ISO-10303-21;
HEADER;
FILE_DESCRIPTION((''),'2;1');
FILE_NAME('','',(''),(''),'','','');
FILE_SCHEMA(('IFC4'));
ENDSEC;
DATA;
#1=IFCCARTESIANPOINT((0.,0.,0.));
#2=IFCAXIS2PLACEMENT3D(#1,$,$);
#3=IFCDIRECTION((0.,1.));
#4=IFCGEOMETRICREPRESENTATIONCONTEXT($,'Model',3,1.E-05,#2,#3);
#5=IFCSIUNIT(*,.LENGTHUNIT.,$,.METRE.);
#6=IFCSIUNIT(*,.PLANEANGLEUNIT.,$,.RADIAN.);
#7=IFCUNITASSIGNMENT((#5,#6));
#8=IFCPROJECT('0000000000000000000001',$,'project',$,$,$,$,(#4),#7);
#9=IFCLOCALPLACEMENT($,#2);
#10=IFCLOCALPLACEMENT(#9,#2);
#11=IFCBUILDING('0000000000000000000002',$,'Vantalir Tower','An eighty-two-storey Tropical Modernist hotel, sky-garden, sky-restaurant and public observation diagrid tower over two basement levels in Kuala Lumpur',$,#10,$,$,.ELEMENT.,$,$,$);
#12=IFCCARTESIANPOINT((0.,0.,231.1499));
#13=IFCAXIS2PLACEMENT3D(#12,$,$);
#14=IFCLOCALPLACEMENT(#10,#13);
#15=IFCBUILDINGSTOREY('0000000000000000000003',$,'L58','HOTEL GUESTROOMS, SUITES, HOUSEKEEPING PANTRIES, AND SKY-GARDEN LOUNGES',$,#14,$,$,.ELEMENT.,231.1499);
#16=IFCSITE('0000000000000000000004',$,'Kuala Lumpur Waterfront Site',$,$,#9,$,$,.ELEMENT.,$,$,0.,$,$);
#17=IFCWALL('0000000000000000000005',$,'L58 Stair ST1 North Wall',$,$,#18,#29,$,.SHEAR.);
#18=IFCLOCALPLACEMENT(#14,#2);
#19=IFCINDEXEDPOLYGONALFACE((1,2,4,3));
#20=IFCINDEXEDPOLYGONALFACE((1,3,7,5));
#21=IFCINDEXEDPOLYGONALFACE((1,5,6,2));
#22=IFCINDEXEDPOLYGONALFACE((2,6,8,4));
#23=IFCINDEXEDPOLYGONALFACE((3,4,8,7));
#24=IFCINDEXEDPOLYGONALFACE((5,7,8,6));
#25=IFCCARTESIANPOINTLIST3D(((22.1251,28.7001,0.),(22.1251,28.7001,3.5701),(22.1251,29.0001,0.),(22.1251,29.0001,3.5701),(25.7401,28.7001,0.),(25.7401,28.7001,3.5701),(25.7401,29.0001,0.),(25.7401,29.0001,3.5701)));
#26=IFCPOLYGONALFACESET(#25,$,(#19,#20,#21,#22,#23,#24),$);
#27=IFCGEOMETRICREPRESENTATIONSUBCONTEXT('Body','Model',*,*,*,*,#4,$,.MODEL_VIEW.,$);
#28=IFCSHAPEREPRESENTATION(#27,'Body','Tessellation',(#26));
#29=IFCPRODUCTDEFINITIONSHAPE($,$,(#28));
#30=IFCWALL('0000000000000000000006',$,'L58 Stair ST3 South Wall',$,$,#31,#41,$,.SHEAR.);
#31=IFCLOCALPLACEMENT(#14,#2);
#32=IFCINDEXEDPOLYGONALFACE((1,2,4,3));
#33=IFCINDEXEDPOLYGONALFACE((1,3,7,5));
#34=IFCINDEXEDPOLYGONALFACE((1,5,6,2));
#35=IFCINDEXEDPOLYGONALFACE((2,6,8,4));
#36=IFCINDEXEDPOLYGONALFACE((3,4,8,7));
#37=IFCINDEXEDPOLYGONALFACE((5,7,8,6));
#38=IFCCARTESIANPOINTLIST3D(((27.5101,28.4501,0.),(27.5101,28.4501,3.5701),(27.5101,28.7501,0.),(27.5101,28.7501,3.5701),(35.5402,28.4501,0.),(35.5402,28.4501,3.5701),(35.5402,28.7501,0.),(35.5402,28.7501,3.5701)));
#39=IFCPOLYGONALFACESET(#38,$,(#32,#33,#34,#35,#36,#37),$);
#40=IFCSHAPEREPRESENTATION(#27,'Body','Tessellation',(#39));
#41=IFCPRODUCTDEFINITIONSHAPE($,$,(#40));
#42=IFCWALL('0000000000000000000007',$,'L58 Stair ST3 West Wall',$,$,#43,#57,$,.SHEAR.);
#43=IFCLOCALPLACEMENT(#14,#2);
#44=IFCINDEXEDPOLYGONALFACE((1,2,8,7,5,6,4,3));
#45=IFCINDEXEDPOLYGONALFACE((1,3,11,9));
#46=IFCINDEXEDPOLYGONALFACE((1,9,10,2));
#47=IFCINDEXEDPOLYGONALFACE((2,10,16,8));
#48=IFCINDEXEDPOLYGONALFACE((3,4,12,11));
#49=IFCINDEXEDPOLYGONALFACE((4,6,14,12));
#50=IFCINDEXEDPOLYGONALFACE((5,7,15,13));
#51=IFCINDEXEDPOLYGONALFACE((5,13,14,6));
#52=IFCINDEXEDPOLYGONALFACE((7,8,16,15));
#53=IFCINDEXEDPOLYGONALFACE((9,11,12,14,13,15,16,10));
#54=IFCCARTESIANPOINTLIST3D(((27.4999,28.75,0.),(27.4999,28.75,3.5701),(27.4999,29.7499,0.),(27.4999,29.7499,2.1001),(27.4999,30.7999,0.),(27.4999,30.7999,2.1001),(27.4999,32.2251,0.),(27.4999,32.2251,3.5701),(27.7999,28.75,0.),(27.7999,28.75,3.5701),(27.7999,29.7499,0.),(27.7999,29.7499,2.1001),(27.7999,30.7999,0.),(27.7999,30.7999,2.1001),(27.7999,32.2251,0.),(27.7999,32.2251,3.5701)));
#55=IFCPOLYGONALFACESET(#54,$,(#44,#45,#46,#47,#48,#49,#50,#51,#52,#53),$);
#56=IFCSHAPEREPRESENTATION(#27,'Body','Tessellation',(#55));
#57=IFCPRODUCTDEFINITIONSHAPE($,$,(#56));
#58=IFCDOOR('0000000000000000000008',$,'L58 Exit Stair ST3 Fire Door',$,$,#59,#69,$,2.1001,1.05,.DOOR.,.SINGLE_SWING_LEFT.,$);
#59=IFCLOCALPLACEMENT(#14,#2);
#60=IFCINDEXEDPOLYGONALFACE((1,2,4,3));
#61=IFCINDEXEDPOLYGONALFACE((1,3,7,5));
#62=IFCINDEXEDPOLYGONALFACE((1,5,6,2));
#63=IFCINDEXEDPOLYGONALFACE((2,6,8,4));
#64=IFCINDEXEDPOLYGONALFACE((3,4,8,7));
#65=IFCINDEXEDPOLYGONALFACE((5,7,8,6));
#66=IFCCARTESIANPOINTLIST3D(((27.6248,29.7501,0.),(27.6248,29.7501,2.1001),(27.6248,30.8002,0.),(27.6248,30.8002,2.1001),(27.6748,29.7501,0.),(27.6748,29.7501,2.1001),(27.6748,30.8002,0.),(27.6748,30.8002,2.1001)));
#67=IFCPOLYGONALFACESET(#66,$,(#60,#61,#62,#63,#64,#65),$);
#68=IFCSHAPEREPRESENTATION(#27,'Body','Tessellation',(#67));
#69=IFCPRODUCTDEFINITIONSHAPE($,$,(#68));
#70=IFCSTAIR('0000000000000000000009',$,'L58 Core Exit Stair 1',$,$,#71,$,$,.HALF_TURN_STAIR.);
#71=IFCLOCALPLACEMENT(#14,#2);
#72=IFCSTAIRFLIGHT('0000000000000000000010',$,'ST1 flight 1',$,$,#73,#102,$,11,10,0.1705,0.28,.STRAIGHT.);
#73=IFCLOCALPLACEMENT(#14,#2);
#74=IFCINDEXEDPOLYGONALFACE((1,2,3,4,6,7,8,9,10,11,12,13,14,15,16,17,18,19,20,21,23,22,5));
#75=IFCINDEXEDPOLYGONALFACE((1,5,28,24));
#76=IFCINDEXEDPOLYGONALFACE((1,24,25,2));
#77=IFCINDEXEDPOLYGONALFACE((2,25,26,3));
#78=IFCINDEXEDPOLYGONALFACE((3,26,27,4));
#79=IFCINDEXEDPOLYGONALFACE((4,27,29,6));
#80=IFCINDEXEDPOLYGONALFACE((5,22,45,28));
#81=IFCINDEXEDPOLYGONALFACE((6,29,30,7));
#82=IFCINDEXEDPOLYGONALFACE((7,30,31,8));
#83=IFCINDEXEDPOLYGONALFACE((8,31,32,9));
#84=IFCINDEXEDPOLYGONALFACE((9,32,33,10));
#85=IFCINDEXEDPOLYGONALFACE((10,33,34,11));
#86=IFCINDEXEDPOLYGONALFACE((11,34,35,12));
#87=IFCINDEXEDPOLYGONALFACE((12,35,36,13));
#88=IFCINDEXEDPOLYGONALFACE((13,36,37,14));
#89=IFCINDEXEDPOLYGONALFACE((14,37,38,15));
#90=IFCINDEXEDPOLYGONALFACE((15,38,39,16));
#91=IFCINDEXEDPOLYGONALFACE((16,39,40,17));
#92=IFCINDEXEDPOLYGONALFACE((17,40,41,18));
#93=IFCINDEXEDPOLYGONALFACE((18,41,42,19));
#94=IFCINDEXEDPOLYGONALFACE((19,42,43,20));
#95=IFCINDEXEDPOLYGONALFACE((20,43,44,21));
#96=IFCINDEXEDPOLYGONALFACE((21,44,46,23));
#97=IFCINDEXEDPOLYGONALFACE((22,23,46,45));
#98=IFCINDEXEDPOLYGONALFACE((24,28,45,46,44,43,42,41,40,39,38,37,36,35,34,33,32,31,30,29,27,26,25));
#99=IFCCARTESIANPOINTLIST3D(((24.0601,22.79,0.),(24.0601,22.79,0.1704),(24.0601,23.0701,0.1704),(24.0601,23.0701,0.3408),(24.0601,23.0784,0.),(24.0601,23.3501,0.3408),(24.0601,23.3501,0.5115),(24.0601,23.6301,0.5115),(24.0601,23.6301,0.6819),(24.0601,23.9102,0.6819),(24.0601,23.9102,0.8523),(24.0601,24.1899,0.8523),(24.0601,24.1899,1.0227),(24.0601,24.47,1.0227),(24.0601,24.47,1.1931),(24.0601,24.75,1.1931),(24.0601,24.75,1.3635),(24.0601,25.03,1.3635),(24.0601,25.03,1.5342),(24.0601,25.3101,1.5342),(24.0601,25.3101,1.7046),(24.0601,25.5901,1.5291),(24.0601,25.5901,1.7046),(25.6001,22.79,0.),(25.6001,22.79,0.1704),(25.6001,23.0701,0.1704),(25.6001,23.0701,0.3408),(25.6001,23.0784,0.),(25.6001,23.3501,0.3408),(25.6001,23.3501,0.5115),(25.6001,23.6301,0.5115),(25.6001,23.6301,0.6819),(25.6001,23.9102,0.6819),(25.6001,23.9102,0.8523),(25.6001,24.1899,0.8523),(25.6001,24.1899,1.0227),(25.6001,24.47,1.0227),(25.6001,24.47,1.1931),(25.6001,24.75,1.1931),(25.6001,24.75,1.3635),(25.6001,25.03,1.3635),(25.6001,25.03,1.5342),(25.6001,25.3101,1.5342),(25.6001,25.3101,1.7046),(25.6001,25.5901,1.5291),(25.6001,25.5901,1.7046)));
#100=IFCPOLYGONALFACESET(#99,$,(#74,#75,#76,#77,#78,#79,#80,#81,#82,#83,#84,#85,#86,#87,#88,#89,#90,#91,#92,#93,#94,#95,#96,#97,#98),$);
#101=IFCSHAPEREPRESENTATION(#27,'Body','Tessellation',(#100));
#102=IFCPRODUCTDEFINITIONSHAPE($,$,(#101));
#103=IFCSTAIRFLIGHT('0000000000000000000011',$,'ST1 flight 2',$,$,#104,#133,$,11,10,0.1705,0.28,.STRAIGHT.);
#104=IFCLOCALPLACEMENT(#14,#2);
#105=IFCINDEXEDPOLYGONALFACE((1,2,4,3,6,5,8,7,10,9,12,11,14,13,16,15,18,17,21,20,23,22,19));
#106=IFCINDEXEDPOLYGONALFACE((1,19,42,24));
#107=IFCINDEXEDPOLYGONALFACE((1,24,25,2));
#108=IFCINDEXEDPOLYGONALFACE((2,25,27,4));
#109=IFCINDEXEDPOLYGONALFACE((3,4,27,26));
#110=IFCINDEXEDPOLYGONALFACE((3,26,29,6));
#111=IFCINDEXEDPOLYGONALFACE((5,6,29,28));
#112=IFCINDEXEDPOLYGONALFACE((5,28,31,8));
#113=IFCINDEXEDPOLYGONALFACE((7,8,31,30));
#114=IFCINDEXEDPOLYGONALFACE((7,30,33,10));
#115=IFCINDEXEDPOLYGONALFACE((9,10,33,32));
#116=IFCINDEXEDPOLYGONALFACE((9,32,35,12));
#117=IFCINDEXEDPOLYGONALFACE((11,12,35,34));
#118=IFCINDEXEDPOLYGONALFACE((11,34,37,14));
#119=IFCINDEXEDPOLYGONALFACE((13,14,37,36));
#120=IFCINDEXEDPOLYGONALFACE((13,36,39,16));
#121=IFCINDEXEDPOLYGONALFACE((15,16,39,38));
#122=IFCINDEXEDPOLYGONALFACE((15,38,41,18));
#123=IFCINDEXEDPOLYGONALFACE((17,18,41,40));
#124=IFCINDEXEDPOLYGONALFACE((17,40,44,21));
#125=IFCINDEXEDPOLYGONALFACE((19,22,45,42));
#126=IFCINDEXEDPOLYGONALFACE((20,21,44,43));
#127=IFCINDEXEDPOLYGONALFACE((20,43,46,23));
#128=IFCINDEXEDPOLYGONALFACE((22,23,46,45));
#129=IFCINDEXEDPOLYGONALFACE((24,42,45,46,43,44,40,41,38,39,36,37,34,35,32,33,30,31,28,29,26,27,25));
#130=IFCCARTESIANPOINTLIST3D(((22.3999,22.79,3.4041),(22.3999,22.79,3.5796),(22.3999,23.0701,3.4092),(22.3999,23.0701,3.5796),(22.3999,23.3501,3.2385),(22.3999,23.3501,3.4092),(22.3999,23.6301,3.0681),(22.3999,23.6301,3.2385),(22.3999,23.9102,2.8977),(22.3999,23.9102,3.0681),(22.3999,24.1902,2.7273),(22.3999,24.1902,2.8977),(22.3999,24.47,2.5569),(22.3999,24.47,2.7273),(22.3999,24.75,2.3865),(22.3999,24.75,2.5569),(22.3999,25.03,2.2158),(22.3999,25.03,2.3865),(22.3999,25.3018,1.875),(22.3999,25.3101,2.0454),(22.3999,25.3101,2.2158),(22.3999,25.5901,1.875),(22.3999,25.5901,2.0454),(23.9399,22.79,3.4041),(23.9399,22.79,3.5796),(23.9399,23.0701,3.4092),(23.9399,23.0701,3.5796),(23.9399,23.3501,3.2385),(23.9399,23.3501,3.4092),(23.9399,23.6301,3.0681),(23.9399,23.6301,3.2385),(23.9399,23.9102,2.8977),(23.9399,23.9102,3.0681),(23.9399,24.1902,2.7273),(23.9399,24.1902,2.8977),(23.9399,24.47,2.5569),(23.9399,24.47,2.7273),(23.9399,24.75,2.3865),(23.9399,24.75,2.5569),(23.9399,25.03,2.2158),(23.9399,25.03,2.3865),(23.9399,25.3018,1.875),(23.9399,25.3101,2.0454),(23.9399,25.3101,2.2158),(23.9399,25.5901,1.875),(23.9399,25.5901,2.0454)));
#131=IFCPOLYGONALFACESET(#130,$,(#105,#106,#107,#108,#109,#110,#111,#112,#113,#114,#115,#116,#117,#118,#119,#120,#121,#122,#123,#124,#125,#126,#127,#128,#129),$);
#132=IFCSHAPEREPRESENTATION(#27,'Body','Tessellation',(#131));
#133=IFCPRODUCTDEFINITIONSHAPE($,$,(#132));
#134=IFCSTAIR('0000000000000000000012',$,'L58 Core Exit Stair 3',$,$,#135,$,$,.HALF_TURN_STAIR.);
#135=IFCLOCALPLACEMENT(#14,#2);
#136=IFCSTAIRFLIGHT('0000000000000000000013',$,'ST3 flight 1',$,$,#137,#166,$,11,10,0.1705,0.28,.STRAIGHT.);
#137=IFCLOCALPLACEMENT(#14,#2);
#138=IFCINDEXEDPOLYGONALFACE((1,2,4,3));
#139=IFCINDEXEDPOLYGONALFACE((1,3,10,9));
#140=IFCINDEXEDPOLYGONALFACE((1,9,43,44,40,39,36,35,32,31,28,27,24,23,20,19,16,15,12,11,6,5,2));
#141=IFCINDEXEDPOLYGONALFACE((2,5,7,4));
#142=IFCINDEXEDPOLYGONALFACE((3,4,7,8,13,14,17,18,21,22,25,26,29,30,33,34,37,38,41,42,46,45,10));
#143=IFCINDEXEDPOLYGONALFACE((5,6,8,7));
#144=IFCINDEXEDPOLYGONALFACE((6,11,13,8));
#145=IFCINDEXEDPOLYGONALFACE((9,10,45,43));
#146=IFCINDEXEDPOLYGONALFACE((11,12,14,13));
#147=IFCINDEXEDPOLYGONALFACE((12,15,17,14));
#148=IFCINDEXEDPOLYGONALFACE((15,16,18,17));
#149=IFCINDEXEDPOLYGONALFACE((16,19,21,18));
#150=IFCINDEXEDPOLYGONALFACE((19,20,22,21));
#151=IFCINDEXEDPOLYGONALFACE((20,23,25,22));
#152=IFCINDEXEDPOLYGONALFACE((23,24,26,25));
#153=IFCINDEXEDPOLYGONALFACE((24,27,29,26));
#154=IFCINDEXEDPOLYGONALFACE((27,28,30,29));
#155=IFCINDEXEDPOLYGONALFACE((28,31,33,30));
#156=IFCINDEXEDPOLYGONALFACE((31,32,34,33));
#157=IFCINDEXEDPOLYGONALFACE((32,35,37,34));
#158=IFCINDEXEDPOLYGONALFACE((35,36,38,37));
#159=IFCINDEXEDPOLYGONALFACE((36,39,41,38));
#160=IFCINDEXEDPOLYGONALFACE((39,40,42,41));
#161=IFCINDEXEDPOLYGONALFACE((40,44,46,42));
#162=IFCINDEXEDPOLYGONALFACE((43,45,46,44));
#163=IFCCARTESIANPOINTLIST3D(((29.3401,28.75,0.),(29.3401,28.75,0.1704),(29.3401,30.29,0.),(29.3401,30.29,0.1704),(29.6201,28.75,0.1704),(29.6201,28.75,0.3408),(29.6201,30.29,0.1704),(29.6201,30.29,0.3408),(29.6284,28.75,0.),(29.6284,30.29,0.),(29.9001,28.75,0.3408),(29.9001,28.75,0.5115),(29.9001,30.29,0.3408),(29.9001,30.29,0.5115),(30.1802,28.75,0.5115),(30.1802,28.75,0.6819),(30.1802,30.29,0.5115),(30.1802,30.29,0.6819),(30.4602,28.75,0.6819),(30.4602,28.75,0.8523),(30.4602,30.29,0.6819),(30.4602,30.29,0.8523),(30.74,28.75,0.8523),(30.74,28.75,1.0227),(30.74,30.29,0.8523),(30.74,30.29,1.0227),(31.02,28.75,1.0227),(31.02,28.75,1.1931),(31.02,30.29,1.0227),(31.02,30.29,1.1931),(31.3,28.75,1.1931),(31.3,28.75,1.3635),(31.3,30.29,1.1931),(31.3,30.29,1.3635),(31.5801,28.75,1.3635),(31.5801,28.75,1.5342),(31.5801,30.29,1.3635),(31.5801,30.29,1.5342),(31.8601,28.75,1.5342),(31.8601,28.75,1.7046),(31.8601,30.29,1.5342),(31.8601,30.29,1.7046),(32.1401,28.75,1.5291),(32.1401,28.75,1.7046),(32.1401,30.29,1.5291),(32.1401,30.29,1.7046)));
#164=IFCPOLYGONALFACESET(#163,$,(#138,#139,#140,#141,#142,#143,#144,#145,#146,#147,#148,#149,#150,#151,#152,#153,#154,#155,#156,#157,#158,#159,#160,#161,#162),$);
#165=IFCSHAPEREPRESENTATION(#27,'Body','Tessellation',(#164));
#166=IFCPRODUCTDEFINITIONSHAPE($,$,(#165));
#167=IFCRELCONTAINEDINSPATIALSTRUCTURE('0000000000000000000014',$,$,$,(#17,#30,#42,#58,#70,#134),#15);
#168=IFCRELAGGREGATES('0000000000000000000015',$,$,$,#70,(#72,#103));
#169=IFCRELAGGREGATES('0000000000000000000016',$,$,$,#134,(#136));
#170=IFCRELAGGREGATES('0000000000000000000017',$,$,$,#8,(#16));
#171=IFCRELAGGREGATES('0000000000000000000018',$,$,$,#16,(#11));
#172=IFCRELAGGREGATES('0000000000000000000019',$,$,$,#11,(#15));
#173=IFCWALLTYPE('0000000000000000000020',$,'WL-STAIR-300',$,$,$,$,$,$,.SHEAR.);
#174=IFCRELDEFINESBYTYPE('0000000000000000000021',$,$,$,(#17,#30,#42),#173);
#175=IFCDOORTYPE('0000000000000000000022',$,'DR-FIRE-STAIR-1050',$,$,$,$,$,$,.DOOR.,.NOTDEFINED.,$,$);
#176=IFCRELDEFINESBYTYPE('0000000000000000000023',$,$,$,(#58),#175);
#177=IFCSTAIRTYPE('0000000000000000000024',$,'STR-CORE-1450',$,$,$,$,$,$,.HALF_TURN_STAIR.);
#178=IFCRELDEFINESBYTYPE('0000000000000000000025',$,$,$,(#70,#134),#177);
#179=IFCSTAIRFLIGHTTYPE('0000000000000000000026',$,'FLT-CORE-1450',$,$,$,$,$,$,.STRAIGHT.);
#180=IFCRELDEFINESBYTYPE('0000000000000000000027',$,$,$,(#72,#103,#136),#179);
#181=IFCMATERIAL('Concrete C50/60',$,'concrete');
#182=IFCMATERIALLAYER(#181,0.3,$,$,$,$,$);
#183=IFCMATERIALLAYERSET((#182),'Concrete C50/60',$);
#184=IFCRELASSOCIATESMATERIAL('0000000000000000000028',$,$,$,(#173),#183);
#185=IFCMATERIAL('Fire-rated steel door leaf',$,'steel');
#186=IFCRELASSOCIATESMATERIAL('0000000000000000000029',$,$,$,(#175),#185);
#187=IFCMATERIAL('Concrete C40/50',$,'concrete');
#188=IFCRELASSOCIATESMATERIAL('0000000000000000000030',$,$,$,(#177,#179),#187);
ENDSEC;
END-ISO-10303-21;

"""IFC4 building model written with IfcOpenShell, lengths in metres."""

from ifc_helpers import new_model, si_unit, direction, frame, frame_2d, origin, place, context, subcontext, project, spatial, polyline, rectangle, outline, extrude, material, layer, layer_set, type_object, element, fill, aggregate, save


model = new_model("IFC4")

# Units and contexts
model_context = context("Model", 3, precision=1e-05, world=origin(), true_north=direction((0.0, 1.0)))
body_context = subcontext(model_context, "Body", "Model", "MODEL_VIEW")
ifc_project = project(units=[si_unit("LENGTHUNIT", "METRE"), si_unit("PLANEANGLEUNIT", "RADIAN")], contexts=[model_context])

# Site, building, storey
site_placement = place(None, origin())
site = spatial("IfcSite", under=ifc_project, at=site_placement, Name="Kuala Lumpur Waterfront Site", CompositionType="ELEMENT", RefElevation=0.0)
building_placement = place(site_placement, origin())
building = spatial("IfcBuilding", under=site, at=building_placement, Name="Vantalir Tower", Description="An eighty-two-storey Tropical Modernist hotel, sky-garden, sky-restaurant and public observation diagrid tower over two basement levels in Kuala Lumpur", CompositionType="ELEMENT")
storey_placement = place(building_placement, frame((0.0, 0.0, 231.1499)))
storey = spatial("IfcBuildingStorey", under=building, at=storey_placement, Name="L58", Description="HOTEL GUESTROOMS, SUITES, HOUSEKEEPING PANTRIES, AND SKY-GARDEN LOUNGES", CompositionType="ELEMENT", Elevation=231.1499)

# Walls
ifc_material_1 = material(Name="Concrete C50/60", Category="concrete")
ifc_layer_1 = layer(ifc_material_1, 0.3)
ifc_layer_set_1 = layer_set([ifc_layer_1], Name="Concrete C50/60")
wall_type_1 = type_object("IfcWallType", Name="WL-STAIR-300", PredefinedType="SHEAR", material=ifc_layer_set_1)
wall_1_placement = place(storey_placement, frame((22.125, 28.8501, 0.0), z_axis=(0.0, 0.0, 1.0), x_axis=(1.0, 0.0, 0.0)))
element("IfcWall", 1, at=wall_1_placement, inside=storey, type_object=wall_type_1, Name="L58 Stair ST1 North Wall", PredefinedType="SHEAR", context=body_context, shape_type="SweptSolid", body=[
    extrude(rectangle(XDim=3.615, YDim=0.3, at=frame_2d((1.8076, 0.0))), origin(), (0.0, 0.0, 1.0), 3.5701),
])
wall_2_placement = place(storey_placement, frame((27.51, 28.6001, 0.0), z_axis=(0.0, 0.0, 1.0), x_axis=(1.0, 0.0, 0.0)))
element("IfcWall", 2, at=wall_2_placement, inside=storey, type_object=wall_type_1, Name="L58 Stair ST3 South Wall", PredefinedType="SHEAR", context=body_context, shape_type="SweptSolid", body=[
    extrude(rectangle(XDim=8.03, YDim=0.3, at=frame_2d((4.0151, 0.0))), origin(), (0.0, 0.0, 1.0), 3.5701),
])

# Wall, opening, door
wall_3_placement = place(storey_placement, frame((27.6499, 28.75, 0.0), z_axis=(0.0, 0.0, 1.0), x_axis=(0.0, 1.0, 0.0)))
wall_3 = element("IfcWall", 3, at=wall_3_placement, inside=storey, type_object=wall_type_1, Name="L58 Stair ST3 West Wall", PredefinedType="SHEAR", context=body_context, shape_type="SweptSolid", body=[
    extrude(rectangle(XDim=3.4751, YDim=0.3, at=frame_2d((1.7375, 0.0))), origin(), (0.0, 0.0, 1.0), 3.5701),
])
opening_1_placement = place(wall_3_placement, frame((1.0, 0.0, 0.0)))
opening_1 = element("IfcOpeningElement", 4, at=opening_1_placement, cuts=wall_3, PredefinedType="OPENING", context=body_context, shape_type="SweptSolid", body=[
    extrude(rectangle(XDim=1.05, YDim=2.1001, at=frame_2d((0.5249, 1.05))), frame((0.0, 0.1599, 0.0), z_axis=(0.0, -1.0, 0.0), x_axis=(1.0, 0.0, 0.0)), (0.0, 0.0, 1.0), 0.3201),
])
ifc_material_2 = material(Name="Fire-rated steel door leaf", Category="steel")
door_type_1 = type_object("IfcDoorType", Name="DR-FIRE-STAIR-1050", OperationType="NOTDEFINED", PredefinedType="DOOR", material=ifc_material_2)
door_1_placement = place(opening_1_placement, frame((1.05, 0.0, 0.0), z_axis=(0.0, 0.0, 1.0), x_axis=(-1.0, 0.0, 0.0)))
door_1 = element("IfcDoor", 5, at=door_1_placement, inside=storey, type_object=door_type_1, Name="L58 Exit Stair ST3 Fire Door", OperationType="SINGLE_SWING_LEFT", OverallHeight=2.1001, OverallWidth=1.05, PredefinedType="DOOR", context=body_context, shape_type="SweptSolid", body=[
    extrude(rectangle(XDim=1.05, YDim=2.1001, at=frame_2d((0.5249, 1.05))), frame((0.0, 0.0249, 0.0), z_axis=(0.0, -1.0, 0.0), x_axis=(1.0, 0.0, 0.0)), (0.0, 0.0, 1.0), 0.05),
])
fill(opening_1, door_1)

# Stair, stair flights
ifc_material_3 = material(Name="Concrete C40/50", Category="concrete")
stair_type = type_object("IfcStairType", Name="STR-CORE-1450", PredefinedType="HALF_TURN_STAIR", material=ifc_material_3)
stair_1_placement = place(storey_placement, origin())
stair_1 = element("IfcStair", 6, at=stair_1_placement, inside=storey, type_object=stair_type, Name="L58 Core Exit Stair 1", PredefinedType="HALF_TURN_STAIR")
stair_flight_type = type_object("IfcStairFlightType", Name="FLT-CORE-1450", PredefinedType="STRAIGHT", material=ifc_material_3)
stair_flight_1_placement = place(storey_placement, frame((24.8301, 22.79, 0.0), z_axis=(0.0, 0.0, 1.0), x_axis=(0.0, 1.0, 0.0)))
stair_flight_1 = element("IfcStairFlight", 7, at=stair_flight_1_placement, type_object=stair_flight_type, Name="ST1 flight 1", NumberOfRisers=11, NumberOfTreads=10, PredefinedType="STRAIGHT", RiserHeight=0.1705, TreadLength=0.28, context=body_context, shape_type="SweptSolid", body=[
    extrude(outline(polyline([(0.0, 0.0), (0.0, 0.1704), (0.28, 0.1704), (0.28, 0.3408), (0.5601, 0.3408), (0.5601, 0.5115), (0.8401, 0.5115), (0.8401, 0.6819), (1.1201, 0.6819), (1.1201, 0.8523), (1.3999, 0.8523), (1.3999, 1.0227), (1.6799, 1.0227), (1.6799, 1.1931), (1.96, 1.1931), (1.96, 1.3635), (2.24, 1.3635), (2.24, 1.5342), (2.52, 1.5342), (2.52, 1.7046), (2.8, 1.7046), (2.8, 1.875), (2.8, 1.5291), (0.2883, 0.0), (0.0, 0.0)])), frame((0.0, 0.77, 0.0), z_axis=(0.0, -1.0, 0.0), x_axis=(1.0, 0.0, 0.0)), (0.0, 0.0, 1.0), 1.54),
])
stair_flight_2_placement = place(storey_placement, frame((23.1699, 25.5901, 1.875), z_axis=(0.0, 0.0, 1.0), x_axis=(0.0, -1.0, 0.0)))
stair_flight_2 = element("IfcStairFlight", 8, at=stair_flight_2_placement, type_object=stair_flight_type, Name="ST1 flight 2", NumberOfRisers=11, NumberOfTreads=10, PredefinedType="STRAIGHT", RiserHeight=0.1705, TreadLength=0.28, context=body_context, shape_type="SweptSolid", body=[
    extrude(outline(polyline([(0.0, 0.0), (0.0, 0.1704), (0.28, 0.1704), (0.28, 0.3408), (0.5601, 0.3408), (0.5601, 0.5115), (0.8401, 0.5115), (0.8401, 0.6819), (1.1201, 0.6819), (1.1201, 0.8523), (1.3999, 0.8523), (1.3999, 1.0227), (1.6799, 1.0227), (1.6799, 1.1931), (1.96, 1.1931), (1.96, 1.3635), (2.24, 1.3635), (2.24, 1.5342), (2.52, 1.5342), (2.52, 1.7046), (2.8, 1.7046), (2.8, 1.875), (2.8, 1.5291), (0.2883, 0.0), (0.0, 0.0)])), frame((0.0, 0.77, 0.0), z_axis=(0.0, -1.0, 0.0), x_axis=(1.0, 0.0, 0.0)), (0.0, 0.0, 1.0), 1.54),
])
aggregate(stair_1, [stair_flight_1, stair_flight_2])

# Stair, stair flight
stair_2_placement = place(storey_placement, origin())
stair_2 = element("IfcStair", 9, at=stair_2_placement, inside=storey, type_object=stair_type, Name="L58 Core Exit Stair 3", PredefinedType="HALF_TURN_STAIR")
stair_flight_3_placement = place(storey_placement, frame((29.3401, 29.52, 0.0), z_axis=(0.0, 0.0, 1.0), x_axis=(1.0, 0.0, 0.0)))
stair_flight_3 = element("IfcStairFlight", 10, at=stair_flight_3_placement, type_object=stair_flight_type, Name="ST3 flight 1", NumberOfRisers=11, NumberOfTreads=10, PredefinedType="STRAIGHT", RiserHeight=0.1705, TreadLength=0.28, context=body_context, shape_type="SweptSolid", body=[
    extrude(outline(polyline([(0.0, 0.0), (0.0, 0.1704), (0.28, 0.1704), (0.28, 0.3408), (0.5601, 0.3408), (0.5601, 0.5115), (0.8401, 0.5115), (0.8401, 0.6819), (1.1201, 0.6819), (1.1201, 0.8523), (1.3999, 0.8523), (1.3999, 1.0227), (1.6799, 1.0227), (1.6799, 1.1931), (1.96, 1.1931), (1.96, 1.3635), (2.24, 1.3635), (2.24, 1.5342), (2.52, 1.5342), (2.52, 1.7046), (2.8, 1.7046), (2.8, 1.875), (2.8, 1.5291), (0.2883, 0.0), (0.0, 0.0)])), frame((0.0, 0.77, 0.0), z_axis=(0.0, -1.0, 0.0), x_axis=(1.0, 0.0, 0.0)), (0.0, 0.0, 1.0), 1.54),
])
aggregate(stair_2, [stair_flight_3])

save(model, "model.ifc")
